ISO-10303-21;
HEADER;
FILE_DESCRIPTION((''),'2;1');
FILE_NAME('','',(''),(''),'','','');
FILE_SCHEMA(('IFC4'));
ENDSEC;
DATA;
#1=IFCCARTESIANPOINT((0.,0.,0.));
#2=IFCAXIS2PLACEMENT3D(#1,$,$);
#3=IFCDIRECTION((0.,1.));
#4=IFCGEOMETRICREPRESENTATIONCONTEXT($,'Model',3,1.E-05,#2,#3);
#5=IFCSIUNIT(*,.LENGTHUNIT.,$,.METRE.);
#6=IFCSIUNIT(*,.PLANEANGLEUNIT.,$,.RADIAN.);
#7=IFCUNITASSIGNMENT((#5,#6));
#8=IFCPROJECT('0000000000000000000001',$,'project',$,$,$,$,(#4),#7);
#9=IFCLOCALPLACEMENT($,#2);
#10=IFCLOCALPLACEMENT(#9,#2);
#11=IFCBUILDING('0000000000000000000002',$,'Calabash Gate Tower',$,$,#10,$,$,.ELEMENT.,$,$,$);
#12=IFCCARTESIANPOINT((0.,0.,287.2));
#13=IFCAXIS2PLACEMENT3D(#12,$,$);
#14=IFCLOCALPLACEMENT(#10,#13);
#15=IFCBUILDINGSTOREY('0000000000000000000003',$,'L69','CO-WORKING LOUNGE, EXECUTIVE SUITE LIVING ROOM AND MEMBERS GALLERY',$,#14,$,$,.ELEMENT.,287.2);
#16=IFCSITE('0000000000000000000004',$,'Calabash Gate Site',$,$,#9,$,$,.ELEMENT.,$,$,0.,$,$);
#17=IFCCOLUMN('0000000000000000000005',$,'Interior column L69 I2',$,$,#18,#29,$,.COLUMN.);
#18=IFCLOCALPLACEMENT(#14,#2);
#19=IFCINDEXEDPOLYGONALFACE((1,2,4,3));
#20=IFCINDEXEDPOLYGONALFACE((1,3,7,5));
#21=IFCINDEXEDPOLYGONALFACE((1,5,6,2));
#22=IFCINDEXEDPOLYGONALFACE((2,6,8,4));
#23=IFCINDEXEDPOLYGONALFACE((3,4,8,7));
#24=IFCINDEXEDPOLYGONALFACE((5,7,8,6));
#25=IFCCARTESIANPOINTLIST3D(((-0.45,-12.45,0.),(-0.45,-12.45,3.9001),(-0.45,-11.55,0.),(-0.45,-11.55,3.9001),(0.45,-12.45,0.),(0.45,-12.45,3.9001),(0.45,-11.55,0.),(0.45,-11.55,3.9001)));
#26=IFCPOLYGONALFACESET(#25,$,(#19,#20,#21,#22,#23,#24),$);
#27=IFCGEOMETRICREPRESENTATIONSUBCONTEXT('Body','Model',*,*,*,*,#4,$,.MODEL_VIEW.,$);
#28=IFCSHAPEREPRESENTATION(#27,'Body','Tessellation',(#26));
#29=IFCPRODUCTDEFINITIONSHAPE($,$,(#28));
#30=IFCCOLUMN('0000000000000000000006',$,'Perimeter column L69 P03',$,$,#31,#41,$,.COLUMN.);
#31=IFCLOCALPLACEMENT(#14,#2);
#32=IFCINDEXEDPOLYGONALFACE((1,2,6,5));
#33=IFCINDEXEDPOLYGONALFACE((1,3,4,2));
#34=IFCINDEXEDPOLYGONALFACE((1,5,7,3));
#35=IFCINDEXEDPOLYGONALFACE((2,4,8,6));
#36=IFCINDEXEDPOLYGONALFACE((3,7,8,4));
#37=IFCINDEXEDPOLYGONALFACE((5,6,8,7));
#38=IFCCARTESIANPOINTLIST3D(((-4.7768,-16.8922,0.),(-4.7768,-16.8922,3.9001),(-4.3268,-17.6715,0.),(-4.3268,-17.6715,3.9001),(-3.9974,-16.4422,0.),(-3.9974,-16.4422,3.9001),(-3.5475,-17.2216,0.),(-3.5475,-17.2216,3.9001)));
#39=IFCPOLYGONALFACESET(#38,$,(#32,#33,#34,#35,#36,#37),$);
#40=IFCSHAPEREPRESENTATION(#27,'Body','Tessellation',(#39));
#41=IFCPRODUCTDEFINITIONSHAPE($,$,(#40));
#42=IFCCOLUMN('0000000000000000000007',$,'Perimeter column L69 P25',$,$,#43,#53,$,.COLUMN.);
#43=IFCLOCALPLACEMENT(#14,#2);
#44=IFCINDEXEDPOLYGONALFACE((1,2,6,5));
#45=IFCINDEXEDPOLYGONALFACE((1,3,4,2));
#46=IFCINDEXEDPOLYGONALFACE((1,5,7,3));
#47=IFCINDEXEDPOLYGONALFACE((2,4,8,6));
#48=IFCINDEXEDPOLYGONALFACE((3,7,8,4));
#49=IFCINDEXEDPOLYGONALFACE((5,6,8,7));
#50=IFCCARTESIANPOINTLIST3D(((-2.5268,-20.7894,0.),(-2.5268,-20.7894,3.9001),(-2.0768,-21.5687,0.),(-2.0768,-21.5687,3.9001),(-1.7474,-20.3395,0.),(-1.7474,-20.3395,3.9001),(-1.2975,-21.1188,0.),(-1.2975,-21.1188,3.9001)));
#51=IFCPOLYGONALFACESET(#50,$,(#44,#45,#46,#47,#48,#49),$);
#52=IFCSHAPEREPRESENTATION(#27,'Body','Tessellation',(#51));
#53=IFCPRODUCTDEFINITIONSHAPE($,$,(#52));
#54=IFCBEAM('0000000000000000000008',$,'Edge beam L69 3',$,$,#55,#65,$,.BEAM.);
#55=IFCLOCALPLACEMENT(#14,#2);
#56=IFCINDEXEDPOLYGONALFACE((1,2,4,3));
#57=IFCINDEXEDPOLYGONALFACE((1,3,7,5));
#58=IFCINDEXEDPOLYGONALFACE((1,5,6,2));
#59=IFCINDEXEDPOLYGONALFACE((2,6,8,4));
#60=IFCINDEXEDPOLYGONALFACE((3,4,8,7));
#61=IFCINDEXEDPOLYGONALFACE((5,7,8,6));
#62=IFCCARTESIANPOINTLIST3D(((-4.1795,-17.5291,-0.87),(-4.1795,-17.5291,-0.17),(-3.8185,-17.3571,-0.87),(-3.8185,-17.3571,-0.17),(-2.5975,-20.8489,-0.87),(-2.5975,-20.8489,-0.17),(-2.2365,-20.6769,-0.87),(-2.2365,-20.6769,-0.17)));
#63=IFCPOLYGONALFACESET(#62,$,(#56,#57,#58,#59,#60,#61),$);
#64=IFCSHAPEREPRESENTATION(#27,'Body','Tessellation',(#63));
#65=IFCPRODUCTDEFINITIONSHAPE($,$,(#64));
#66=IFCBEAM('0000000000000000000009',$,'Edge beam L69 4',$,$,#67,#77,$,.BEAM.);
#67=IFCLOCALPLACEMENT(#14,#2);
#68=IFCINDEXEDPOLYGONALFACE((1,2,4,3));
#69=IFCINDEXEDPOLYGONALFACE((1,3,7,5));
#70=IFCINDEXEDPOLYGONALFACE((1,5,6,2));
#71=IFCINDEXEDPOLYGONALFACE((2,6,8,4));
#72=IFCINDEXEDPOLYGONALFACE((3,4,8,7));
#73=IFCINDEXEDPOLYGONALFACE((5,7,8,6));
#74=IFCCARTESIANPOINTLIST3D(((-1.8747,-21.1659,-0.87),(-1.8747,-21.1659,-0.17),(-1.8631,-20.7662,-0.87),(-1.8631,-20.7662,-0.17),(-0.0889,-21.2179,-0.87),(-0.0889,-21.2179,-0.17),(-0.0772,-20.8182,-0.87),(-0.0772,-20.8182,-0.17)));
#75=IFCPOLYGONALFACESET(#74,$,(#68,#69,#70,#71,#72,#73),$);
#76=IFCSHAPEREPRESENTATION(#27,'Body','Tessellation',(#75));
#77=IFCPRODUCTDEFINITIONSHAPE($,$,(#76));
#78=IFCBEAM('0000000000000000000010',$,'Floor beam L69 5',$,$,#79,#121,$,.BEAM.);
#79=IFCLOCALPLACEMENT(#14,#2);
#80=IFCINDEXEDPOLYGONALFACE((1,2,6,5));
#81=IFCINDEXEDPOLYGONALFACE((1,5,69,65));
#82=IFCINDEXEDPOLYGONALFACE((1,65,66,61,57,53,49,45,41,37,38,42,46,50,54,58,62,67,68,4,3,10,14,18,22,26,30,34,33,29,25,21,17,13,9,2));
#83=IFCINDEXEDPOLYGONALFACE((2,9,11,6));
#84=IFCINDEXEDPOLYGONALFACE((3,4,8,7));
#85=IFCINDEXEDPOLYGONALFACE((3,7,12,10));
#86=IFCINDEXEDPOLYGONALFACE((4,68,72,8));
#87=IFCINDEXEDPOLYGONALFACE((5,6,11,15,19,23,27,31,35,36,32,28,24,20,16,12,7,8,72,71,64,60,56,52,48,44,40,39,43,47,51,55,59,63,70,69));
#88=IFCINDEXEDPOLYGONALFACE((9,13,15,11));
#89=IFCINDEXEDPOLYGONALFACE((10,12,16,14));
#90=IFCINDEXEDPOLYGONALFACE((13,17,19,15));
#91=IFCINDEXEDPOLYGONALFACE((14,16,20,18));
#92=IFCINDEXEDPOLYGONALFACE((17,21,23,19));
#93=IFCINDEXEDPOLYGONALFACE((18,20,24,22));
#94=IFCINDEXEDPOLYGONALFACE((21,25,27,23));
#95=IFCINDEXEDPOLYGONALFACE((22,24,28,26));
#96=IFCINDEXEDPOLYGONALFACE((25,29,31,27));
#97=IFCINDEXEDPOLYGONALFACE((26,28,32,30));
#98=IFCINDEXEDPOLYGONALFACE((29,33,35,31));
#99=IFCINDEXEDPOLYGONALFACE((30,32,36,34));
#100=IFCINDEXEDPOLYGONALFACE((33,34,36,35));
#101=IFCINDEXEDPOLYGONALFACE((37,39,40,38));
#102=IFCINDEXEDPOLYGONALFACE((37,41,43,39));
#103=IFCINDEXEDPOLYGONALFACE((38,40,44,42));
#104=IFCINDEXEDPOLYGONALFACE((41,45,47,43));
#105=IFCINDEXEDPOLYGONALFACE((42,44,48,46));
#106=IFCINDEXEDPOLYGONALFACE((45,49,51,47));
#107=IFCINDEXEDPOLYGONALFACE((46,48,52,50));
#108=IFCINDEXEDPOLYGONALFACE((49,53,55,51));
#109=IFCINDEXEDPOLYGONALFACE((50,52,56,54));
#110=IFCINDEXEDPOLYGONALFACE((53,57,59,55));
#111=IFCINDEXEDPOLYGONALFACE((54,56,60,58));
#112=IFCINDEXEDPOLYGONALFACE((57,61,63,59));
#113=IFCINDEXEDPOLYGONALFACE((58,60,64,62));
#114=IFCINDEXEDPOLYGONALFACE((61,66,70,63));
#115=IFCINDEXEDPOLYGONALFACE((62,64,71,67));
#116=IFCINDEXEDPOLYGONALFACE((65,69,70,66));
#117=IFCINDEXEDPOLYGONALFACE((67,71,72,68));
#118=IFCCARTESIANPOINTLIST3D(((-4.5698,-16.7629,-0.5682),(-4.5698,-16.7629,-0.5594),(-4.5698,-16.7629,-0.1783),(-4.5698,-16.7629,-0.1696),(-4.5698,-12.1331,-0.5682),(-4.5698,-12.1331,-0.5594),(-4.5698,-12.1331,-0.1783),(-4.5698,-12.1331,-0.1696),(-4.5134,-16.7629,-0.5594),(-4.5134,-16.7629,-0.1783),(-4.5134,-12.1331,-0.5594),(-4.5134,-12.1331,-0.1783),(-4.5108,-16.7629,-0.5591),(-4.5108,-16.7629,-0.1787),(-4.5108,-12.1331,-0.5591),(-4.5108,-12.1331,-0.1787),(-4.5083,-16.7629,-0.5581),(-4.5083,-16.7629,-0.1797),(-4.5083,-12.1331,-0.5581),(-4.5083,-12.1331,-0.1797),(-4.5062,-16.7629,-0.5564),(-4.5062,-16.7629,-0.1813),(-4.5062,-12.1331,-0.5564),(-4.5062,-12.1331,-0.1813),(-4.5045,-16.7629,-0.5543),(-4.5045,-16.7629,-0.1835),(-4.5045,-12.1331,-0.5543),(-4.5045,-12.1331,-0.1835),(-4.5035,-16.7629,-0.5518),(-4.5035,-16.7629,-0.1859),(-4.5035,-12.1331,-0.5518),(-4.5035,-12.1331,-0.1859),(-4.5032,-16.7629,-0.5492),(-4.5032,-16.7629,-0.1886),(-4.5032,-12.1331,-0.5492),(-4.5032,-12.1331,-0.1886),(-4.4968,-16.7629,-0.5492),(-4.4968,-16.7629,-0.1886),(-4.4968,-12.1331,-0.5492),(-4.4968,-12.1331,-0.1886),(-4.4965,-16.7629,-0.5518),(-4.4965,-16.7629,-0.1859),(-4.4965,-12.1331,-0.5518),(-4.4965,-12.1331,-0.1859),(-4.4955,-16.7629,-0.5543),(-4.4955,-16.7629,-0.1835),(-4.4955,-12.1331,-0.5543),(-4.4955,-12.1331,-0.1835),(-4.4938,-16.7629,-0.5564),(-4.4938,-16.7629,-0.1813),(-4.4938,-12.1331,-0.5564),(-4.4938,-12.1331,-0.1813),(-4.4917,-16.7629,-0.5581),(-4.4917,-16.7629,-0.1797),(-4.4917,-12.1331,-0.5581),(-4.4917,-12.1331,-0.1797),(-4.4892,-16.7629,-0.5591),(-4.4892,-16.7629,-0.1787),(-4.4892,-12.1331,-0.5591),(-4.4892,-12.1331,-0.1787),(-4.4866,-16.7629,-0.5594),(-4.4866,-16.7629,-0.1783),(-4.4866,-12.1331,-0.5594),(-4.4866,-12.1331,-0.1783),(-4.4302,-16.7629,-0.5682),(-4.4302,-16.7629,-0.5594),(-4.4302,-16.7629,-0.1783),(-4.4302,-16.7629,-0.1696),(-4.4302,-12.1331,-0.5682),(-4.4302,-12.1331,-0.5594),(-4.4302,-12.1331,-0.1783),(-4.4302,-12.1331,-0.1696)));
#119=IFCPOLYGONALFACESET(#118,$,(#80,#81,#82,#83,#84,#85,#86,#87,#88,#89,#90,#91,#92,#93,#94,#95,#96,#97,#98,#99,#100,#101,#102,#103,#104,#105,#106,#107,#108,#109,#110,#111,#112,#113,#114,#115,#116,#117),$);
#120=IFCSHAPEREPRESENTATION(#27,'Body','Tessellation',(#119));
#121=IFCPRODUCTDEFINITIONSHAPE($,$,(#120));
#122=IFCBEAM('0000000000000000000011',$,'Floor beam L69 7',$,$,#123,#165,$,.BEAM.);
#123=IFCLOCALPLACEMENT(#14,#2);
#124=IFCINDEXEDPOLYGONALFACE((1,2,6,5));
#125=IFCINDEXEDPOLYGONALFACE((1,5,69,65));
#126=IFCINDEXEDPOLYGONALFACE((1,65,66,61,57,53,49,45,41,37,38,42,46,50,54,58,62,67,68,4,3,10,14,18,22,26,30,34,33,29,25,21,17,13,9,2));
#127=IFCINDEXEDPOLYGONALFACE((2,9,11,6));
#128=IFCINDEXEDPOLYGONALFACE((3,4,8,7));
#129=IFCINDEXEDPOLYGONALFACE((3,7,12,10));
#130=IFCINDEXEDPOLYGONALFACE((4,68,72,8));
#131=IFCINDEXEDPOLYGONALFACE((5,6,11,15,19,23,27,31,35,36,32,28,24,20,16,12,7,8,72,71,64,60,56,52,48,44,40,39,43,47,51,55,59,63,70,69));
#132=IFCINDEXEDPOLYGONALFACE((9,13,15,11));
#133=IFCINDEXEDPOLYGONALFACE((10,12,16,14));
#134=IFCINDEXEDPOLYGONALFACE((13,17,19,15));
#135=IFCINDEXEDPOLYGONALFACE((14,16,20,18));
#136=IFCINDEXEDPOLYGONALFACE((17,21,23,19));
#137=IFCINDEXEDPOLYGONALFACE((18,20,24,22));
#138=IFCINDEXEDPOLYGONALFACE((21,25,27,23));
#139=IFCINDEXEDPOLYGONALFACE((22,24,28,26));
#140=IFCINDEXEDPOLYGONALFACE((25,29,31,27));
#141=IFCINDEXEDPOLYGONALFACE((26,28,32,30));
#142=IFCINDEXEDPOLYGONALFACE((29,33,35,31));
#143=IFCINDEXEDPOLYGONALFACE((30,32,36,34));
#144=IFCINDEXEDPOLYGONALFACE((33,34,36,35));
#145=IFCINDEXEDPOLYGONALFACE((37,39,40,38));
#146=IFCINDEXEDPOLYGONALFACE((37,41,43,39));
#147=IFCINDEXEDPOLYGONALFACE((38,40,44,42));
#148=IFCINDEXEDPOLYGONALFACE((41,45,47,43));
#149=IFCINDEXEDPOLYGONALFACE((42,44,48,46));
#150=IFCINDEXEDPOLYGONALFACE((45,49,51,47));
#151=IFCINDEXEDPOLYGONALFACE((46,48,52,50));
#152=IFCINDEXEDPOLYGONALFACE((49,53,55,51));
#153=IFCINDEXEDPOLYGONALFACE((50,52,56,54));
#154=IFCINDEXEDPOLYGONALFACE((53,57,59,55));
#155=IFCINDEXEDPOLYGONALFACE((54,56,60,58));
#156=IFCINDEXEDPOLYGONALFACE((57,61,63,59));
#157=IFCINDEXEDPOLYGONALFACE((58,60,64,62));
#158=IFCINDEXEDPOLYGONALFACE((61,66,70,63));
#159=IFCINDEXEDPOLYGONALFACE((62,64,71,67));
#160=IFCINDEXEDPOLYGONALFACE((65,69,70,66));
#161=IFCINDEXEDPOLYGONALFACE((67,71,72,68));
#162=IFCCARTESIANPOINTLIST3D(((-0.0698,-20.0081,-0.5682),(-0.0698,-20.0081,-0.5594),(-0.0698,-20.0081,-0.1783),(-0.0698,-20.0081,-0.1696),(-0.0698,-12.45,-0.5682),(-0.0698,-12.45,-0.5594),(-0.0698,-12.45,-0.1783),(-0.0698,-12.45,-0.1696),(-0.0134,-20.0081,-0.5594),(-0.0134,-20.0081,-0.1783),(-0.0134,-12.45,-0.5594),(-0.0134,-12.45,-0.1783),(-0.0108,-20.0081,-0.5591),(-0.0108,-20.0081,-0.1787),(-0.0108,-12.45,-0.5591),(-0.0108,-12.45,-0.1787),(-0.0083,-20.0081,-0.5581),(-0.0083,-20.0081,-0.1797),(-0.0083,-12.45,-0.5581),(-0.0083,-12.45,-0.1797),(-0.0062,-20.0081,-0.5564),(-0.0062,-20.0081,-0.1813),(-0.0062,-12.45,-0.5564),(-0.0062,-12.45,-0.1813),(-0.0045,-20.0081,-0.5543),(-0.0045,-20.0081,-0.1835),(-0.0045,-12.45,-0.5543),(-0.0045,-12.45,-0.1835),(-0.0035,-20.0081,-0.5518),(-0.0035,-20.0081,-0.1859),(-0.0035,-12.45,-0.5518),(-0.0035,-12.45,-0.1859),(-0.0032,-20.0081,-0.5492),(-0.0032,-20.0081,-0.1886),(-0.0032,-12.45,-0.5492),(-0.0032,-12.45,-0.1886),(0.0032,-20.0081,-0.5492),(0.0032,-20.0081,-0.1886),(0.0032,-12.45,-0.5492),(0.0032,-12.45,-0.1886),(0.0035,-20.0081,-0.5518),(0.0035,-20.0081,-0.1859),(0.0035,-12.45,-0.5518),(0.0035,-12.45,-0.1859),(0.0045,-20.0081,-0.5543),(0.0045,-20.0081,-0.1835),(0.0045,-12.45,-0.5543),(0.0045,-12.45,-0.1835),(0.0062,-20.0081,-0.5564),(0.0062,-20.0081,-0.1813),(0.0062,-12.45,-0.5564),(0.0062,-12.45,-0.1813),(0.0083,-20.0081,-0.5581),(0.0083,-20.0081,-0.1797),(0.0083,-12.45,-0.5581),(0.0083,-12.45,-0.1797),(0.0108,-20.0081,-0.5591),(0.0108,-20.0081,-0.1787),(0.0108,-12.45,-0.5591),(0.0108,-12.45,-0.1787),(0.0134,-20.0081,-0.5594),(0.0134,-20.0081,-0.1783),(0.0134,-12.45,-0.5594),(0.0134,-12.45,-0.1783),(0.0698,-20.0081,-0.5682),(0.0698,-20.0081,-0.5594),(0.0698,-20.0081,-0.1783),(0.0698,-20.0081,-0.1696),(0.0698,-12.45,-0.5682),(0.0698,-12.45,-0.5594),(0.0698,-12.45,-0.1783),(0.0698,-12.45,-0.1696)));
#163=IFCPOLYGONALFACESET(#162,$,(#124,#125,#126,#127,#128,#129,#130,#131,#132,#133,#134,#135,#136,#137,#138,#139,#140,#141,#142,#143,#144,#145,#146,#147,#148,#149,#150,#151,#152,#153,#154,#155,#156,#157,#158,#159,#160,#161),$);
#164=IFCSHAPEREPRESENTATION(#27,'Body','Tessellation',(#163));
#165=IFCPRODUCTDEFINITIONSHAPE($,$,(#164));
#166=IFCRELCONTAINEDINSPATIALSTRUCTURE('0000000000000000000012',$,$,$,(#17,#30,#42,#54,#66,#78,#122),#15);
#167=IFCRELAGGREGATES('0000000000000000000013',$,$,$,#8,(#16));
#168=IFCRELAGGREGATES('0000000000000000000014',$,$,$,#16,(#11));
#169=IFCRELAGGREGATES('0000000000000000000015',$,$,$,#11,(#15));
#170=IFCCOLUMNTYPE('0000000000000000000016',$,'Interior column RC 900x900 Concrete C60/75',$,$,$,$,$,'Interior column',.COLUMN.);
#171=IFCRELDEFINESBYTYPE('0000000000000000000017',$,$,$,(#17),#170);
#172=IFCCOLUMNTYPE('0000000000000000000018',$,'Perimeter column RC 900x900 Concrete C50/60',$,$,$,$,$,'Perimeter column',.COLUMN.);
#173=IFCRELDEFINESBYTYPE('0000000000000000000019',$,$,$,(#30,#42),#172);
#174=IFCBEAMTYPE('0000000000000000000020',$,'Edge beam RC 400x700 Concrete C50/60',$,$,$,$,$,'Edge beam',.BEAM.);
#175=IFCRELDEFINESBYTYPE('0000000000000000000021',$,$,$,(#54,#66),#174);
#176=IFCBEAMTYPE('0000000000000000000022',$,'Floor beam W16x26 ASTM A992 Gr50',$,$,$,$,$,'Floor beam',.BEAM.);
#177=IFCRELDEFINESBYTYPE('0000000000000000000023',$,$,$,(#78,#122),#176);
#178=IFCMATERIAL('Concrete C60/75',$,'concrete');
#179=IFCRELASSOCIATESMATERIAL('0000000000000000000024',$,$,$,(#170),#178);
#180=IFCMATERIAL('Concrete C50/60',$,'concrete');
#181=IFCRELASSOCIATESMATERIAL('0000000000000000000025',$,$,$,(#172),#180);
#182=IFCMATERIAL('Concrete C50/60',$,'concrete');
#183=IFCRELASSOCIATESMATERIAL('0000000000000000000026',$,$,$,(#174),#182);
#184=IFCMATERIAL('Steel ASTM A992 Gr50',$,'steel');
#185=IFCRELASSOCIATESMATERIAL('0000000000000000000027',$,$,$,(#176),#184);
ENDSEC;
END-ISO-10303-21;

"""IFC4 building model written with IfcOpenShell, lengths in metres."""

from ifc_helpers import new_model, si_unit, direction, frame, origin, origin_2d, place, context, subcontext, project, spatial, rectangle, i_section, extrude, material, material_profile, profile_set, type_object, element, save


model = new_model("IFC4")

# Units and contexts
model_context = context("Model", 3, precision=1e-05, world=origin(), true_north=direction((0.0, 1.0)))
body_context = subcontext(model_context, "Body", "Model", "MODEL_VIEW")
ifc_project = project(units=[si_unit("LENGTHUNIT", "METRE"), si_unit("PLANEANGLEUNIT", "RADIAN")], contexts=[model_context])

# Site, building, storey
site_placement = place(None, origin())
site = spatial("IfcSite", under=ifc_project, at=site_placement, Name="Calabash Gate Site", CompositionType="ELEMENT", RefElevation=0.0)
building_placement = place(site_placement, origin())
building = spatial("IfcBuilding", under=site, at=building_placement, Name="Calabash Gate Tower", CompositionType="ELEMENT")
storey_placement = place(building_placement, frame((0.0, 0.0, 287.2)))
storey = spatial("IfcBuildingStorey", under=building, at=storey_placement, Name="L69", Description="CO-WORKING LOUNGE, EXECUTIVE SUITE LIVING ROOM AND MEMBERS GALLERY", CompositionType="ELEMENT", Elevation=287.2)

# Columns
ifc_material_1 = material(Name="Concrete C60/75", Category="concrete")
ifc_material_profile_1 = material_profile(ifc_material_1, rectangle(XDim=0.8999, YDim=0.8999, at=origin_2d()))
ifc_profile_set_1 = profile_set([ifc_material_profile_1], Name="Concrete C60/75")
column_type_1 = type_object("IfcColumnType", Name="Interior column RC 900x900 Concrete C60/75", ElementType="Interior column", PredefinedType="COLUMN", material=ifc_profile_set_1)
column_placement = place(storey_placement, frame((0.0, -12.0, 0.0), z_axis=(0.0, 0.0, 1.0), x_axis=(1.0, 0.0, 0.0)))
element("IfcColumn", 1, at=column_placement, inside=storey, type_object=column_type_1, Name="Interior column L69 I2", PredefinedType="COLUMN", context=body_context, shape_type="SweptSolid", body=[
    extrude(rectangle(XDim=0.8999, YDim=0.8999, at=origin_2d()), origin(), (0.0, 0.0, 1.0), 3.9001),
])
ifc_material_2 = material(Name="Concrete C50/60", Category="concrete")
ifc_material_profile_2 = material_profile(ifc_material_2, rectangle(XDim=0.8999, YDim=0.8999, at=origin_2d()))
ifc_profile_set_2 = profile_set([ifc_material_profile_2], Name="Concrete C50/60")
column_type_2 = type_object("IfcColumnType", Name="Perimeter column RC 900x900 Concrete C50/60", ElementType="Perimeter column", PredefinedType="COLUMN", material=ifc_profile_set_2)
for number, where, z_axis, x_axis, name in (
    (2, (-4.1621, -17.0569, 0.0), (0.0, 0.0, 1.0), (0.5, -0.866025, 0.0), "Perimeter column L69 P03"),
    (3, (-1.9121, -20.9541, 0.0), (0.0, 0.0, 1.0), (0.5, -0.866025, 0.0), "Perimeter column L69 P25"),
):
    element("IfcColumn", number, at=place(storey_placement, frame(where, z_axis=z_axis, x_axis=x_axis)), inside=storey, type_object=column_type_2, Name=name, PredefinedType="COLUMN", context=body_context, shape_type="SweptSolid", body=[
        extrude(rectangle(XDim=0.8999, YDim=0.8999, at=origin_2d()), origin(), (0.0, 0.0, 1.0), 3.9001),
    ])

# Beams
ifc_material_3 = material(Name="Concrete C50/60", Category="concrete")
ifc_material_profile_3 = material_profile(ifc_material_3, rectangle(XDim=0.3999, YDim=0.7, at=origin_2d()))
ifc_profile_set_3 = profile_set([ifc_material_profile_3], Name="Concrete C50/60")
beam_type_1 = type_object("IfcBeamType", Name="Edge beam RC 400x700 Concrete C50/60", ElementType="Edge beam", PredefinedType="BEAM", material=ifc_profile_set_3)
beam_1_placement = place(storey_placement, frame((-3.999, -17.4431, -0.52), z_axis=(0.430191, -0.902738, 0.0), x_axis=(0.902738, 0.430191, 0.0)))
element("IfcBeam", 4, at=beam_1_placement, inside=storey, type_object=beam_type_1, Name="Edge beam L69 3", PredefinedType="BEAM", context=body_context, shape_type="SweptSolid", body=[
    extrude(rectangle(XDim=0.3999, YDim=0.7, at=origin_2d()), origin(), (0.0, 0.0, 1.0), 3.6775),
])
beam_2_placement = place(storey_placement, frame((-1.8689, -20.9661, -0.52), z_axis=(0.999576, -0.029106, 0.0), x_axis=(0.029106, 0.999576, 0.0)))
element("IfcBeam", 5, at=beam_2_placement, inside=storey, type_object=beam_type_1, Name="Edge beam L69 4", PredefinedType="BEAM", context=body_context, shape_type="SweptSolid", body=[
    extrude(rectangle(XDim=0.3999, YDim=0.7, at=origin_2d()), origin(), (0.0, 0.0, 1.0), 1.7866),
])
ifc_material_4 = material(Name="Steel ASTM A992 Gr50", Category="steel")
ifc_material_profile_4 = material_profile(ifc_material_4, i_section(OverallWidth=0.1396, OverallDepth=0.3987, WebThickness=0.0063, FlangeThickness=0.0088, FilletRadius=0.0103, at=origin_2d()))
ifc_profile_set_4 = profile_set([ifc_material_profile_4], Name="Steel ASTM A992 Gr50")
beam_type_2 = type_object("IfcBeamType", Name="Floor beam W16x26 ASTM A992 Gr50", ElementType="Floor beam", PredefinedType="BEAM", material=ifc_profile_set_4)
beam_3_placement = place(storey_placement, frame((-4.5, -16.7629, -0.3689), z_axis=(0.0, 1.0, 0.0), x_axis=(-1.0, 0.0, 0.0)))
element("IfcBeam", 6, at=beam_3_placement, inside=storey, type_object=beam_type_2, Name="Floor beam L69 5", PredefinedType="BEAM", context=body_context, shape_type="SweptSolid", body=[
    extrude(i_section(OverallWidth=0.1396, OverallDepth=0.3987, WebThickness=0.0063, FlangeThickness=0.0088, FilletRadius=0.0103, at=origin_2d()), origin(), (0.0, 0.0, 1.0), 4.6299),
])
beam_4_placement = place(storey_placement, frame((0.0, -20.0081, -0.3689), z_axis=(0.0, 1.0, 0.0), x_axis=(-1.0, 0.0, 0.0)))
element("IfcBeam", 7, at=beam_4_placement, inside=storey, type_object=beam_type_2, Name="Floor beam L69 7", PredefinedType="BEAM", context=body_context, shape_type="SweptSolid", body=[
    extrude(i_section(OverallWidth=0.1396, OverallDepth=0.3987, WebThickness=0.0063, FlangeThickness=0.0088, FilletRadius=0.0103, at=origin_2d()), origin(), (0.0, 0.0, 1.0), 7.5581),
])

save(model, "model.ifc")
